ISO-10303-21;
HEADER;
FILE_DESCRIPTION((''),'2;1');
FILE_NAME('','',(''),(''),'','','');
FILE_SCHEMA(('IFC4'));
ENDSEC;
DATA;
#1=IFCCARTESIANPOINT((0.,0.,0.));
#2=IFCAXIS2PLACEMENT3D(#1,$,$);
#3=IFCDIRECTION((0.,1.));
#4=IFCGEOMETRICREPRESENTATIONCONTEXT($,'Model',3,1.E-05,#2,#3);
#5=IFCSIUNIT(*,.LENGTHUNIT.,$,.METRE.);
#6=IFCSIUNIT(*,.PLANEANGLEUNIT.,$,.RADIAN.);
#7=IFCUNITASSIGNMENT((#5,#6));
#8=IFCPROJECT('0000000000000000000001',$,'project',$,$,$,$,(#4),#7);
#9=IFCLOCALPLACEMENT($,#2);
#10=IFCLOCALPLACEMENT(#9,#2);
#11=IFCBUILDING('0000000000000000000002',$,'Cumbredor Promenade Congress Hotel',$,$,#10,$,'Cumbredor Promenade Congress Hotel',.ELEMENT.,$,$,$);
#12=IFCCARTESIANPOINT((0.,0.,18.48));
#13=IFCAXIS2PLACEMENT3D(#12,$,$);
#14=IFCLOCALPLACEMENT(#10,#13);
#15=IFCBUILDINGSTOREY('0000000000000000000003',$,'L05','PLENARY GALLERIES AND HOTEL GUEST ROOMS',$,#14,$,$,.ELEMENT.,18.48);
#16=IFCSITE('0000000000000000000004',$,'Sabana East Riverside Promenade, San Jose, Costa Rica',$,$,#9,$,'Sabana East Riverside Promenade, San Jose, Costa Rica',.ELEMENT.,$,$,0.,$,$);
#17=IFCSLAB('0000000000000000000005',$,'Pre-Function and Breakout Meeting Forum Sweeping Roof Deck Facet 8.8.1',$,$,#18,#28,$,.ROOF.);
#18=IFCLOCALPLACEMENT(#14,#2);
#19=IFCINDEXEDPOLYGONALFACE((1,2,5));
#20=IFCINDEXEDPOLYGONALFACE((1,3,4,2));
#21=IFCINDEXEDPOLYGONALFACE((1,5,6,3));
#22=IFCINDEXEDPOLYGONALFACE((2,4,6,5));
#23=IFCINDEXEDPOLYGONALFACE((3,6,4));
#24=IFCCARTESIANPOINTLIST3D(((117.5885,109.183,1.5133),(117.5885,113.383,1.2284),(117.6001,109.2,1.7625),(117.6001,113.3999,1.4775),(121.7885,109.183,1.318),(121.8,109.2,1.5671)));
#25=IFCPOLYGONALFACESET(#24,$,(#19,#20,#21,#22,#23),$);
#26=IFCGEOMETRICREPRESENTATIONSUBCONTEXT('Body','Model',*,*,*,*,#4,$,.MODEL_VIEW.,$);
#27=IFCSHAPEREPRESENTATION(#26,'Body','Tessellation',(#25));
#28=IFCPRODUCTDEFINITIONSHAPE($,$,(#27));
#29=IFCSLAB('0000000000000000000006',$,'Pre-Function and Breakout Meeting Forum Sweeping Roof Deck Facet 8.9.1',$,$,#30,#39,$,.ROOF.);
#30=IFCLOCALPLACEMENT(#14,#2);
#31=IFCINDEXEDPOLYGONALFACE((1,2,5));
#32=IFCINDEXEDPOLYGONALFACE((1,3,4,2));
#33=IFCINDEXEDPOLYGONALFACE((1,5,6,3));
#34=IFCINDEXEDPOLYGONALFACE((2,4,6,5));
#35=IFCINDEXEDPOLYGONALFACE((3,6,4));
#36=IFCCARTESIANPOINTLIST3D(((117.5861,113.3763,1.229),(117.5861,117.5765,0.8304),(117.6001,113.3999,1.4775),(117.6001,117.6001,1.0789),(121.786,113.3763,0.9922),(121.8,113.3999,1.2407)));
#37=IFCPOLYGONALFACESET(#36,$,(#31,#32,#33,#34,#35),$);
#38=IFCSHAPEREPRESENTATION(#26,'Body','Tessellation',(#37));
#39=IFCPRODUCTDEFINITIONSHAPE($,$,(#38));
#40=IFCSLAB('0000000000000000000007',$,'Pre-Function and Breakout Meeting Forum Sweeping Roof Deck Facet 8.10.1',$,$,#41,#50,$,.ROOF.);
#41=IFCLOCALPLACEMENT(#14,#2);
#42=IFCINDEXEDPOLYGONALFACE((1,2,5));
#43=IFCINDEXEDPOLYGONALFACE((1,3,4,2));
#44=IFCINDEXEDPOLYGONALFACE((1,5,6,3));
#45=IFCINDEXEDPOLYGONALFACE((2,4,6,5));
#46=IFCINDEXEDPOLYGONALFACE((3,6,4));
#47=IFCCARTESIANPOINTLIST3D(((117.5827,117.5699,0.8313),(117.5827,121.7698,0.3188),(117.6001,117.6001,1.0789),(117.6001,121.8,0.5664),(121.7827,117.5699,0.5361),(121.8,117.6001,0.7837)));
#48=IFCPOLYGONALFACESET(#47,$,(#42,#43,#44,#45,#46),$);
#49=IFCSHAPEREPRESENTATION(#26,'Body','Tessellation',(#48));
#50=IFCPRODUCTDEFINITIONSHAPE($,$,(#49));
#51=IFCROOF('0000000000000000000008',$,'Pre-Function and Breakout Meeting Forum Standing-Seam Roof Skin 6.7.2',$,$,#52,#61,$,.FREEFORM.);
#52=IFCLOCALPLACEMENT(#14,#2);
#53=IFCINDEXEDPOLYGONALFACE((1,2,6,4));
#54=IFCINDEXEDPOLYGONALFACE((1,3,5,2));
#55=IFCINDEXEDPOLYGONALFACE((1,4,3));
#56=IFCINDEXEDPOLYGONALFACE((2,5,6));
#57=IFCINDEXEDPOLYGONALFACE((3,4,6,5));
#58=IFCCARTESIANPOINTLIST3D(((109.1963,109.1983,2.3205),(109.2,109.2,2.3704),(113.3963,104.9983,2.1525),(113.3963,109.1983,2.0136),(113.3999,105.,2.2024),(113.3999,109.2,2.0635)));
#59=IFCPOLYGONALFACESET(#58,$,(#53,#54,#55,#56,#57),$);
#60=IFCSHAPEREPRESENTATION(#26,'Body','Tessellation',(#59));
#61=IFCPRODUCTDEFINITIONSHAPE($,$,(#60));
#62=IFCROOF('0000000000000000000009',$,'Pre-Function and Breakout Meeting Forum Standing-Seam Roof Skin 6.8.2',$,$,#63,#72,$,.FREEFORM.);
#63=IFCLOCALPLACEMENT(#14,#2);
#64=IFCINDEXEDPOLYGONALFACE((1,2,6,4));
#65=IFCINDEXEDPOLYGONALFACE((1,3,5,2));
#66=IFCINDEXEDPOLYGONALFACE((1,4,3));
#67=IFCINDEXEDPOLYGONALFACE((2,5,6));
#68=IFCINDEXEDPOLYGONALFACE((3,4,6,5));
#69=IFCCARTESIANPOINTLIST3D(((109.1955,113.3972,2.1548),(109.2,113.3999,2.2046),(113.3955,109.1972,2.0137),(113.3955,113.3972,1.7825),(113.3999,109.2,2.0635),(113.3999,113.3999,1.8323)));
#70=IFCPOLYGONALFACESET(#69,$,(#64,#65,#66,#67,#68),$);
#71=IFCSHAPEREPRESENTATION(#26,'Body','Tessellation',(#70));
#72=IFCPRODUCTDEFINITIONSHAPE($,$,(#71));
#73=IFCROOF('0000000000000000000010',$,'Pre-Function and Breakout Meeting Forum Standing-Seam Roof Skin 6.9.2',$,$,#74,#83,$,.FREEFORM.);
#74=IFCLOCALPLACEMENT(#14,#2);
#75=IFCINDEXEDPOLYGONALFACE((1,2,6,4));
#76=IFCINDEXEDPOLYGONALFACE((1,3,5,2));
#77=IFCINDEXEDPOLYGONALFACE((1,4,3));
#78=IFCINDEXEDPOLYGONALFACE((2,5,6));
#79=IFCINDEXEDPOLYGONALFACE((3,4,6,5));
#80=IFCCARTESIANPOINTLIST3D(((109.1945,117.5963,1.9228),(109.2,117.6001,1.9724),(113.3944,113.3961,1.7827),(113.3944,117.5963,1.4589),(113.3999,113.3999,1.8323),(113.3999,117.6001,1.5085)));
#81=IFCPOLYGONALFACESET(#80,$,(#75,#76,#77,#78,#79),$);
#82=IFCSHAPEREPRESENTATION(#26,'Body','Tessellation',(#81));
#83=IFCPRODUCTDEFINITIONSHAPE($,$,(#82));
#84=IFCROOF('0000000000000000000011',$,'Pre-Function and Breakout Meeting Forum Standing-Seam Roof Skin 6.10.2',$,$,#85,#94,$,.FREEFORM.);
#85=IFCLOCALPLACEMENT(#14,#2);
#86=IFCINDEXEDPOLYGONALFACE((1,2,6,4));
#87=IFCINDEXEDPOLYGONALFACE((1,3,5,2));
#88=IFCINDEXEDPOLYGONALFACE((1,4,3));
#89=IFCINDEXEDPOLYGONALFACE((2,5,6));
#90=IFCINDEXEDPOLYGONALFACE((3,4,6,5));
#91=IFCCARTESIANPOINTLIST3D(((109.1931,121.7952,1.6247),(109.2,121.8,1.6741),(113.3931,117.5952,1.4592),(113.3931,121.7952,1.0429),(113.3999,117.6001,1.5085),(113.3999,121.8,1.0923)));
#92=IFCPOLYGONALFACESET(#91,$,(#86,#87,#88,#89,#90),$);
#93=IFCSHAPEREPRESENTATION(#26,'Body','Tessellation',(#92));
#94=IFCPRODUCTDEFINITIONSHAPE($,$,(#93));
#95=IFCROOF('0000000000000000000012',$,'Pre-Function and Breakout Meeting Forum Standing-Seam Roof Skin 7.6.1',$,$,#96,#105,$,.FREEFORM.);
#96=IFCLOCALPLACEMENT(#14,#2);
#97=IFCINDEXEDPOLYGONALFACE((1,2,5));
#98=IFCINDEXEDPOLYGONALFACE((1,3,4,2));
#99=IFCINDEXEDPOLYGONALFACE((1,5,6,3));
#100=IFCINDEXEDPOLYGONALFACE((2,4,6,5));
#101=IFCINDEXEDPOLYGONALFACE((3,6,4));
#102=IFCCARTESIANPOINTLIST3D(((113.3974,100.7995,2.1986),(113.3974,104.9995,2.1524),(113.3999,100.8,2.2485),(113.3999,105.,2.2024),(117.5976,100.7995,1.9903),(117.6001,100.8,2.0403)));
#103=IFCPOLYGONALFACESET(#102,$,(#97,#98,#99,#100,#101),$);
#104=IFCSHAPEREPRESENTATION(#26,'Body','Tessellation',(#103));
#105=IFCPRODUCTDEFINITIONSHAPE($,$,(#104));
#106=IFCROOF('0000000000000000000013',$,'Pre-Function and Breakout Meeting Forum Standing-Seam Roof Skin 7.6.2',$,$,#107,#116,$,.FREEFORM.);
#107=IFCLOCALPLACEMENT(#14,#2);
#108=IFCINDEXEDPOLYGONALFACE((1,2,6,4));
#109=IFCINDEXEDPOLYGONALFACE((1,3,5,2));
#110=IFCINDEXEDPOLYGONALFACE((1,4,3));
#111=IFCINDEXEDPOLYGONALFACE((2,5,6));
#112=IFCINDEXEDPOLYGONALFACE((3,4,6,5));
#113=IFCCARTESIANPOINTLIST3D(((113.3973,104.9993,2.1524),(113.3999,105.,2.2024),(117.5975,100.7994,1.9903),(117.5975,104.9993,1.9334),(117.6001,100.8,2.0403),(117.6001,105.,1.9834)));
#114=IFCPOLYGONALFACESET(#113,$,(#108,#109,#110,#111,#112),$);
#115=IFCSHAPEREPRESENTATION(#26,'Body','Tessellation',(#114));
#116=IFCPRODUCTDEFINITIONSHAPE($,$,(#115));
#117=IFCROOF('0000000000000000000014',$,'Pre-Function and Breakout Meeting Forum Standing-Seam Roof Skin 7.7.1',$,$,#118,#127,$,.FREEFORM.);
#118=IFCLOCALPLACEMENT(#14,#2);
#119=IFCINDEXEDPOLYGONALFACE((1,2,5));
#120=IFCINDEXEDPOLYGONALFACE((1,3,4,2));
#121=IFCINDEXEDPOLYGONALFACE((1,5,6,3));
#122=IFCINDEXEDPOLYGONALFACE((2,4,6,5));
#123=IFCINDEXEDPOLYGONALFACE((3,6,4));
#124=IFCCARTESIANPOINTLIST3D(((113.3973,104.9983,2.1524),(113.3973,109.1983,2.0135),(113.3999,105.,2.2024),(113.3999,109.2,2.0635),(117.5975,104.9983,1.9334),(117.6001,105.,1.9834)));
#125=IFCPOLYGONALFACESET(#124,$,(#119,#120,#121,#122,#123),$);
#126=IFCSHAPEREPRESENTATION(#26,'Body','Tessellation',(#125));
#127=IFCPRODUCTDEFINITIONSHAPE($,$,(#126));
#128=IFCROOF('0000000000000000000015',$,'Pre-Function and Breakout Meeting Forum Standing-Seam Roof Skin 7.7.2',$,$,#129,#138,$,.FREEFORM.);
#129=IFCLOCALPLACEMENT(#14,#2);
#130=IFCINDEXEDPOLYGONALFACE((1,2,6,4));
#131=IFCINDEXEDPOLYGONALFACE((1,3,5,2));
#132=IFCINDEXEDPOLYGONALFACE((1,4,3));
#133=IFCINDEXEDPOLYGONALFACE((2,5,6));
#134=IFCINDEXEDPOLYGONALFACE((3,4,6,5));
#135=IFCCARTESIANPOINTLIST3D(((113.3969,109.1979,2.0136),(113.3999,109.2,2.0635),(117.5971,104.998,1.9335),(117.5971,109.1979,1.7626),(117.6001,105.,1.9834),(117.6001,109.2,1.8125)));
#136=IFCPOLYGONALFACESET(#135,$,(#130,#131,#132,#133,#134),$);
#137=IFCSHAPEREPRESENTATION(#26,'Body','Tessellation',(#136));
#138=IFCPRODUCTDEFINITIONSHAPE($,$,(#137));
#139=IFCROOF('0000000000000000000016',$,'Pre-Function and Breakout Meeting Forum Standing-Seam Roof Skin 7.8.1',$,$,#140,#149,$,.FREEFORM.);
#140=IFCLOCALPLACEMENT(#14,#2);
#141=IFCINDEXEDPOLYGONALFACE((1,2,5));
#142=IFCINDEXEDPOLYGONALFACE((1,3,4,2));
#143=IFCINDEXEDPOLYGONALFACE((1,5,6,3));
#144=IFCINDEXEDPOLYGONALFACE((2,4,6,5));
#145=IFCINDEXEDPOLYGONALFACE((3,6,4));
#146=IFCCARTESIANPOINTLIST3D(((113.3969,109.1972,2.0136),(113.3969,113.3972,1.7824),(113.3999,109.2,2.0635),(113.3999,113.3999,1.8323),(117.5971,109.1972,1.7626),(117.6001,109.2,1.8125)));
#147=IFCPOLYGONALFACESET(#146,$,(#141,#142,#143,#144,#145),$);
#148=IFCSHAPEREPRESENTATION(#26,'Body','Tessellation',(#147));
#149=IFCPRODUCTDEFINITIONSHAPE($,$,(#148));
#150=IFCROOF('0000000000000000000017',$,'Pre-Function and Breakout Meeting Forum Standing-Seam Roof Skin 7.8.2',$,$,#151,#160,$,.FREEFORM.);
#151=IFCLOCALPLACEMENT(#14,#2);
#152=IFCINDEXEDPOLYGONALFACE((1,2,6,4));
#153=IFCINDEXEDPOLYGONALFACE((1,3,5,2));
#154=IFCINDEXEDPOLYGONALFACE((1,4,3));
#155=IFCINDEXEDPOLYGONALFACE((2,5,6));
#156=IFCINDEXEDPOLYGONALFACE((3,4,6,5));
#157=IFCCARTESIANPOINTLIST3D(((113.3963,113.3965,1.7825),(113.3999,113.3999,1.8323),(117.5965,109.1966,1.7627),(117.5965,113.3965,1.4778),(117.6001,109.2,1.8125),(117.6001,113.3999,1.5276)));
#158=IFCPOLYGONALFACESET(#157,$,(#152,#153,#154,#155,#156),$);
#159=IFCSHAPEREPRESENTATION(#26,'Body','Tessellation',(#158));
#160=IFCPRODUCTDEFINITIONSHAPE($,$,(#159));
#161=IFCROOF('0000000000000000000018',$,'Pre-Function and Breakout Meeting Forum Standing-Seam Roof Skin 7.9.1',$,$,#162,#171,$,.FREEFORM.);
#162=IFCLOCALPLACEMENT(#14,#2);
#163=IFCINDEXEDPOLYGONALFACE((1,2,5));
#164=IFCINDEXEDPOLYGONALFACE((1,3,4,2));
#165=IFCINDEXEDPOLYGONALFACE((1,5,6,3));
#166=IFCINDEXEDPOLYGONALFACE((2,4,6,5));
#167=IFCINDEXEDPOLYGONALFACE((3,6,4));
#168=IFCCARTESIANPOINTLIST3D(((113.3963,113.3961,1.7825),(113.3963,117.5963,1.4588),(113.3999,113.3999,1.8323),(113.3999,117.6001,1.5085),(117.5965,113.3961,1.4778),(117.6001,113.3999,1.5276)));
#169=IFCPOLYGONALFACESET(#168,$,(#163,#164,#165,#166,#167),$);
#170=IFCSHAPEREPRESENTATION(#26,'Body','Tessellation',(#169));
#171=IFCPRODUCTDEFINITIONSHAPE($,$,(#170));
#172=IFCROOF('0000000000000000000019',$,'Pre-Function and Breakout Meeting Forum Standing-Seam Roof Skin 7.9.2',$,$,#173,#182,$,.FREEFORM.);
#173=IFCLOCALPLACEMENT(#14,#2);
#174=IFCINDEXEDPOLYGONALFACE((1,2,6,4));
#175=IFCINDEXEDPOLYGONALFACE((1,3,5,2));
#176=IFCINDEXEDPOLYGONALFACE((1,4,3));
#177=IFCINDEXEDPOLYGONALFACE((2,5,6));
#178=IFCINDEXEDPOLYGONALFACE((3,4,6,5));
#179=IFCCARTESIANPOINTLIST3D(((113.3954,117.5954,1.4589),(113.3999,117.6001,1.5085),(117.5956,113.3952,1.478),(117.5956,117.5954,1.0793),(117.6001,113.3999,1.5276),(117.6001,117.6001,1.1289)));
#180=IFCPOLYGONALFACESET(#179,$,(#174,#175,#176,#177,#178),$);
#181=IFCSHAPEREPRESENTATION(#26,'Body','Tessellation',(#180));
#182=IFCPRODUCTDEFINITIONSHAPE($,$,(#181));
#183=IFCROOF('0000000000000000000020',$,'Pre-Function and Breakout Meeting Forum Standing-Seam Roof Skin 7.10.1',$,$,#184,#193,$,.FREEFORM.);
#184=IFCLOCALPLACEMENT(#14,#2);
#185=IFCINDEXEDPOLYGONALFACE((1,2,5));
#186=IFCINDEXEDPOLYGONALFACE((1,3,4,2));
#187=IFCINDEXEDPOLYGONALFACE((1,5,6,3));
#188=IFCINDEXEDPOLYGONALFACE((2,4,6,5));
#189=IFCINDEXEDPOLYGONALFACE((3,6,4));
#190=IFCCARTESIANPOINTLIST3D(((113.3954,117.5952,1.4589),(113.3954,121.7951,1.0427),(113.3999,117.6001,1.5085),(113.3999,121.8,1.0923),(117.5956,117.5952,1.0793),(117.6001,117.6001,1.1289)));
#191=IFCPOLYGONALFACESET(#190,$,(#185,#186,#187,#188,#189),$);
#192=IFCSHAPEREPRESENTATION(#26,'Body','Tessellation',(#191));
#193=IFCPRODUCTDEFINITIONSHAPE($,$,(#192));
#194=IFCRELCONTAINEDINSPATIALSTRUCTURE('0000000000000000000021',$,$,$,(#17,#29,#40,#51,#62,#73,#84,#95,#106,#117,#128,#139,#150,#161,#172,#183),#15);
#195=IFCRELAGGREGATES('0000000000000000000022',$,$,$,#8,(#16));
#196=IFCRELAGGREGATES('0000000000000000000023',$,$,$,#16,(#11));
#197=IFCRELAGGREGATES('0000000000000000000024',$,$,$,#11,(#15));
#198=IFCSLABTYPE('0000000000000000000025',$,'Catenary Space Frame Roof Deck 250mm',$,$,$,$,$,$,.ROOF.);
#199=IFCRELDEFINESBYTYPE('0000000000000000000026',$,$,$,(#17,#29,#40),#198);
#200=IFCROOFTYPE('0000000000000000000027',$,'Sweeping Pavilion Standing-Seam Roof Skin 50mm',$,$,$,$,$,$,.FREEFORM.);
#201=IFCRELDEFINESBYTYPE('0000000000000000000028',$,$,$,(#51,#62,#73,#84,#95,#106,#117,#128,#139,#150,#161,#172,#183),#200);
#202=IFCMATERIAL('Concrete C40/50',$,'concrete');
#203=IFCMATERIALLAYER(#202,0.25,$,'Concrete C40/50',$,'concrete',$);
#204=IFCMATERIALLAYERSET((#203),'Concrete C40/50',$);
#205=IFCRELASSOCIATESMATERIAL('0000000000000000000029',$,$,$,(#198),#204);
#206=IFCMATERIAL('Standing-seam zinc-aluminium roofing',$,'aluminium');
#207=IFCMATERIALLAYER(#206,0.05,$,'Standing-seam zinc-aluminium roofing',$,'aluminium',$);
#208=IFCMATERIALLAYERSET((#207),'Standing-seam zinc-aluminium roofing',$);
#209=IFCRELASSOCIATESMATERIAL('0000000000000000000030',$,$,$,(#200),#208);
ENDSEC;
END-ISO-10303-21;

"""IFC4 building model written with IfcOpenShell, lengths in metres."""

from ifc_helpers import new_model, si_unit, direction, frame, origin, place, context, subcontext, project, spatial, polyline, outline, extrude, material, layer, layer_set, type_object, element, save


model = new_model("IFC4")

# Units and contexts
model_context = context("Model", 3, precision=1e-05, world=origin(), true_north=direction((0.0, 1.0)))
body_context = subcontext(model_context, "Body", "Model", "MODEL_VIEW")
ifc_project = project(units=[si_unit("LENGTHUNIT", "METRE"), si_unit("PLANEANGLEUNIT", "RADIAN")], contexts=[model_context])

# Site, building, storey
site_placement = place(None, origin())
site = spatial("IfcSite", under=ifc_project, at=site_placement, Name="Sabana East Riverside Promenade, San Jose, Costa Rica", LongName="Sabana East Riverside Promenade, San Jose, Costa Rica", CompositionType="ELEMENT", RefElevation=0.0)
building_placement = place(site_placement, origin())
building = spatial("IfcBuilding", under=site, at=building_placement, Name="Cumbredor Promenade Congress Hotel", LongName="Cumbredor Promenade Congress Hotel", CompositionType="ELEMENT")
storey_placement = place(building_placement, frame((0.0, 0.0, 18.48)))
storey = spatial("IfcBuildingStorey", under=building, at=storey_placement, Name="L05", Description="PLENARY GALLERIES AND HOTEL GUEST ROOMS", CompositionType="ELEMENT", Elevation=18.48)

# Slabs
ifc_material_1 = material(Name="Concrete C40/50", Category="concrete")
ifc_layer_1 = layer(ifc_material_1, 0.25, Name="Concrete C40/50", Category="concrete")
ifc_layer_set_1 = layer_set([ifc_layer_1], Name="Concrete C40/50")
slab_type = type_object("IfcSlabType", Name="Catenary Space Frame Roof Deck 250mm", PredefinedType="ROOF", material=ifc_layer_set_1)
slab_1_placement = place(storey_placement, frame((117.6001, 109.2, 1.7625), z_axis=(0.046347, 0.067609, 0.996635), x_axis=(0.99892, 0.0, -0.046453)))
element("IfcSlab", 1, at=slab_1_placement, inside=storey, type_object=slab_type, Name="Pre-Function and Breakout Meeting Forum Sweeping Roof Deck Facet 8.8.1", PredefinedType="ROOF", context=body_context, shape_type="SweptSolid", body=[
    extrude(outline(polyline([(0.0, 0.0), (4.2045, 0.0), (0.0132, 4.2096), (0.0, 0.0)])), origin(), (0.0, 0.0, -1.0), 0.25),
])
slab_2_placement = place(storey_placement, frame((117.6001, 113.3999, 1.4775), z_axis=(0.056045, 0.094347, 0.993961), x_axis=(0.998414, 0.0, -0.056296)))
element("IfcSlab", 2, at=slab_2_placement, inside=storey, type_object=slab_type, Name="Pre-Function and Breakout Meeting Forum Sweeping Roof Deck Facet 8.9.1", PredefinedType="ROOF", context=body_context, shape_type="SweptSolid", body=[
    extrude(outline(polyline([(0.0, 0.0), (4.2066, 0.0), (0.0224, 4.219), (0.0, 0.0)])), origin(), (0.0, 0.0, -1.0), 0.25),
])
slab_3_placement = place(storey_placement, frame((117.6001, 117.6001, 1.0789), z_axis=(0.069592, 0.120822, 0.990232), x_axis=(0.99754, 0.0, -0.070106)))
element("IfcSlab", 3, at=slab_3_placement, inside=storey, type_object=slab_type, Name="Pre-Function and Breakout Meeting Forum Sweeping Roof Deck Facet 8.10.1", PredefinedType="ROOF", context=body_context, shape_type="SweptSolid", body=[
    extrude(outline(polyline([(0.0, 0.0), (4.2103, 0.0), (0.0359, 4.2309), (0.0, 0.0)])), origin(), (0.0, 0.0, -1.0), 0.25),
])

# Roofs
ifc_material_2 = material(Name="Standing-seam zinc-aluminium roofing", Category="aluminium")
ifc_layer_2 = layer(ifc_material_2, 0.05, Name="Standing-seam zinc-aluminium roofing", Category="aluminium")
ifc_layer_set_2 = layer_set([ifc_layer_2], Name="Standing-seam zinc-aluminium roofing")
roof_type = type_object("IfcRoofType", Name="Sweeping Pavilion Standing-Seam Roof Skin 50mm", PredefinedType="FREEFORM", material=ifc_layer_set_2)
roof_1_placement = place(storey_placement, frame((113.3999, 105.0, 2.2024), z_axis=(0.072835, 0.03297, 0.996799), x_axis=(0.0, 0.999453, -0.033058)))
element("IfcRoof", 4, at=roof_1_placement, inside=storey, type_object=roof_type, Name="Pre-Function and Breakout Meeting Forum Standing-Seam Roof Skin 6.7.2", PredefinedType="FREEFORM", context=body_context, shape_type="SweptSolid", body=[
    extrude(outline(polyline([(0.0, 0.0), (4.2022, 0.0), (4.1921, 4.2111), (0.0, 0.0)])), origin(), (0.0, 0.0, -1.0), 0.05),
])
roof_2_placement = place(storey_placement, frame((113.3999, 109.2, 2.0635), z_axis=(0.088169, 0.054751, 0.9946), x_axis=(0.0, 0.998488, -0.054965)))
element("IfcRoof", 5, at=roof_2_placement, inside=storey, type_object=roof_type, Name="Pre-Function and Breakout Meeting Forum Standing-Seam Roof Skin 6.8.2", PredefinedType="FREEFORM", context=body_context, shape_type="SweptSolid", body=[
    extrude(outline(polyline([(0.0, 0.0), (4.2063, 0.0), (4.1858, 4.2164), (0.0, 0.0)])), origin(), (0.0, 0.0, -1.0), 0.05),
])
roof_3_placement = place(storey_placement, frame((113.3999, 113.3999, 1.8323), z_axis=(0.109458, 0.076385, 0.991052), x_axis=(0.0, 0.997043, -0.076847)))
element("IfcRoof", 6, at=roof_3_placement, inside=storey, type_object=roof_type, Name="Pre-Function and Breakout Meeting Forum Standing-Seam Roof Skin 6.9.2", PredefinedType="FREEFORM", context=body_context, shape_type="SweptSolid", body=[
    extrude(outline(polyline([(0.0, 0.0), (4.2127, 0.0), (4.177, 4.2253), (0.0, 0.0)])), origin(), (0.0, 0.0, -1.0), 0.05),
])
roof_4_placement = place(storey_placement, frame((113.3999, 117.6001, 1.5085), z_axis=(0.136556, 0.097703, 0.985803), x_axis=(0.0, 0.995124, -0.098627)))
element("IfcRoof", 7, at=roof_4_placement, inside=storey, type_object=roof_type, Name="Pre-Function and Breakout Meeting Forum Standing-Seam Roof Skin 6.10.2", PredefinedType="FREEFORM", context=body_context, shape_type="SweptSolid", body=[
    extrude(outline(polyline([(0.0, 0.0), (4.2205, 0.0), (4.1631, 4.2397), (0.0, 0.0)])), origin(), (0.0, 0.0, -1.0), 0.05),
])
roof_5_placement = place(storey_placement, frame((113.3999, 100.8, 2.2485), z_axis=(0.049518, 0.010972, 0.998713), x_axis=(0.998773, 0.0, -0.049521)))
element("IfcRoof", 8, at=roof_5_placement, inside=storey, type_object=roof_type, Name="Pre-Function and Breakout Meeting Forum Standing-Seam Roof Skin 7.6.1", PredefinedType="FREEFORM", context=body_context, shape_type="SweptSolid", body=[
    extrude(outline(polyline([(0.0, 0.0), (4.2054, 0.0), (0.0023, 4.2002), (0.0, 0.0)])), origin(), (0.0, 0.0, -1.0), 0.05),
])
roof_6_placement = place(storey_placement, frame((117.6001, 100.8, 2.0403), z_axis=(0.052064, 0.013525, 0.998552), x_axis=(0.0, 0.999908, -0.013543)))
element("IfcRoof", 9, at=roof_6_placement, inside=storey, type_object=roof_type, Name="Pre-Function and Breakout Meeting Forum Standing-Seam Roof Skin 7.6.2", PredefinedType="FREEFORM", context=body_context, shape_type="SweptSolid", body=[
    extrude(outline(polyline([(0.0, 0.0), (4.2003, 0.0), (4.1974, 4.2059), (0.0, 0.0)])), origin(), (0.0, 0.0, -1.0), 0.05),
])
roof_7_placement = place(storey_placement, frame((113.3999, 105.0, 2.2024), z_axis=(0.05204, 0.033013, 0.998099), x_axis=(0.998644, 0.0, -0.052068)))
element("IfcRoof", 10, at=roof_7_placement, inside=storey, type_object=roof_type, Name="Pre-Function and Breakout Meeting Forum Standing-Seam Roof Skin 7.7.1", PredefinedType="FREEFORM", context=body_context, shape_type="SweptSolid", body=[
    extrude(outline(polyline([(0.0, 0.0), (4.2059, 0.0), (0.0072, 4.2022), (0.0, 0.0)])), origin(), (0.0, 0.0, -1.0), 0.05),
])
roof_8_placement = place(storey_placement, frame((117.6001, 105.0, 1.9834), z_axis=(0.059598, 0.040585, 0.997397), x_axis=(0.0, 0.999173, -0.040657)))
element("IfcRoof", 11, at=roof_8_placement, inside=storey, type_object=roof_type, Name="Pre-Function and Breakout Meeting Forum Standing-Seam Roof Skin 7.7.2", PredefinedType="FREEFORM", context=body_context, shape_type="SweptSolid", body=[
    extrude(outline(polyline([(0.0, 0.0), (4.2034, 0.0), (4.1932, 4.2077), (0.0, 0.0)])), origin(), (0.0, 0.0, -1.0), 0.05),
])
roof_9_placement = place(storey_placement, frame((113.3999, 109.2, 2.0635), z_axis=(0.059557, 0.054868, 0.996716), x_axis=(0.99822, 0.0, -0.059647)))
element("IfcRoof", 12, at=roof_9_placement, inside=storey, type_object=roof_type, Name="Pre-Function and Breakout Meeting Forum Standing-Seam Roof Skin 7.8.1", PredefinedType="FREEFORM", context=body_context, shape_type="SweptSolid", body=[
    extrude(outline(polyline([(0.0, 0.0), (4.2077, 0.0), (0.0138, 4.2063), (0.0, 0.0)])), origin(), (0.0, 0.0, -1.0), 0.05),
])
roof_10_placement = place(storey_placement, frame((117.6001, 109.2, 1.8125), z_axis=(0.072186, 0.067505, 0.995104), x_axis=(0.0, 0.997707, -0.067681)))
element("IfcRoof", 13, at=roof_10_placement, inside=storey, type_object=roof_type, Name="Pre-Function and Breakout Meeting Forum Standing-Seam Roof Skin 7.8.2", PredefinedType="FREEFORM", context=body_context, shape_type="SweptSolid", body=[
    extrude(outline(polyline([(0.0, 0.0), (4.2096, 0.0), (4.189, 4.2112), (0.0, 0.0)])), origin(), (0.0, 0.0, -1.0), 0.05),
])
roof_11_placement = place(storey_placement, frame((113.3999, 113.3999, 1.8323), z_axis=(0.072138, 0.076647, 0.994445), x_axis=(0.997379, 0.0, -0.072351)))
element("IfcRoof", 14, at=roof_11_placement, inside=storey, type_object=roof_type, Name="Pre-Function and Breakout Meeting Forum Standing-Seam Roof Skin 7.9.1", PredefinedType="FREEFORM", context=body_context, shape_type="SweptSolid", body=[
    extrude(outline(polyline([(0.0, 0.0), (4.2112, 0.0), (0.0234, 4.2126), (0.0, 0.0)])), origin(), (0.0, 0.0, -1.0), 0.05),
])
roof_12_placement = place(storey_placement, frame((117.6001, 113.3999, 1.5276), z_axis=(0.089619, 0.094115, 0.991519), x_axis=(0.0, 0.995525, -0.094495)))
element("IfcRoof", 15, at=roof_12_placement, inside=storey, type_object=roof_type, Name="Pre-Function and Breakout Meeting Forum Standing-Seam Roof Skin 7.9.2", PredefinedType="FREEFORM", context=body_context, shape_type="SweptSolid", body=[
    extrude(outline(polyline([(0.0, 0.0), (4.2191, 0.0), (4.1832, 4.2172), (0.0, 0.0)])), origin(), (0.0, 0.0, -1.0), 0.05),
])
roof_13_placement = place(storey_placement, frame((113.3999, 117.6001, 1.5085), z_axis=(0.089584, 0.098231, 0.991123), x_axis=(0.99594, 0.0, -0.090019)))
element("IfcRoof", 16, at=roof_13_placement, inside=storey, type_object=roof_type, Name="Pre-Function and Breakout Meeting Forum Standing-Seam Roof Skin 7.10.1", PredefinedType="FREEFORM", context=body_context, shape_type="SweptSolid", body=[
    extrude(outline(polyline([(0.0, 0.0), (4.2173, 0.0), (0.0375, 4.2204), (0.0, 0.0)])), origin(), (0.0, 0.0, -1.0), 0.05),
])

save(model, "model.ifc")
